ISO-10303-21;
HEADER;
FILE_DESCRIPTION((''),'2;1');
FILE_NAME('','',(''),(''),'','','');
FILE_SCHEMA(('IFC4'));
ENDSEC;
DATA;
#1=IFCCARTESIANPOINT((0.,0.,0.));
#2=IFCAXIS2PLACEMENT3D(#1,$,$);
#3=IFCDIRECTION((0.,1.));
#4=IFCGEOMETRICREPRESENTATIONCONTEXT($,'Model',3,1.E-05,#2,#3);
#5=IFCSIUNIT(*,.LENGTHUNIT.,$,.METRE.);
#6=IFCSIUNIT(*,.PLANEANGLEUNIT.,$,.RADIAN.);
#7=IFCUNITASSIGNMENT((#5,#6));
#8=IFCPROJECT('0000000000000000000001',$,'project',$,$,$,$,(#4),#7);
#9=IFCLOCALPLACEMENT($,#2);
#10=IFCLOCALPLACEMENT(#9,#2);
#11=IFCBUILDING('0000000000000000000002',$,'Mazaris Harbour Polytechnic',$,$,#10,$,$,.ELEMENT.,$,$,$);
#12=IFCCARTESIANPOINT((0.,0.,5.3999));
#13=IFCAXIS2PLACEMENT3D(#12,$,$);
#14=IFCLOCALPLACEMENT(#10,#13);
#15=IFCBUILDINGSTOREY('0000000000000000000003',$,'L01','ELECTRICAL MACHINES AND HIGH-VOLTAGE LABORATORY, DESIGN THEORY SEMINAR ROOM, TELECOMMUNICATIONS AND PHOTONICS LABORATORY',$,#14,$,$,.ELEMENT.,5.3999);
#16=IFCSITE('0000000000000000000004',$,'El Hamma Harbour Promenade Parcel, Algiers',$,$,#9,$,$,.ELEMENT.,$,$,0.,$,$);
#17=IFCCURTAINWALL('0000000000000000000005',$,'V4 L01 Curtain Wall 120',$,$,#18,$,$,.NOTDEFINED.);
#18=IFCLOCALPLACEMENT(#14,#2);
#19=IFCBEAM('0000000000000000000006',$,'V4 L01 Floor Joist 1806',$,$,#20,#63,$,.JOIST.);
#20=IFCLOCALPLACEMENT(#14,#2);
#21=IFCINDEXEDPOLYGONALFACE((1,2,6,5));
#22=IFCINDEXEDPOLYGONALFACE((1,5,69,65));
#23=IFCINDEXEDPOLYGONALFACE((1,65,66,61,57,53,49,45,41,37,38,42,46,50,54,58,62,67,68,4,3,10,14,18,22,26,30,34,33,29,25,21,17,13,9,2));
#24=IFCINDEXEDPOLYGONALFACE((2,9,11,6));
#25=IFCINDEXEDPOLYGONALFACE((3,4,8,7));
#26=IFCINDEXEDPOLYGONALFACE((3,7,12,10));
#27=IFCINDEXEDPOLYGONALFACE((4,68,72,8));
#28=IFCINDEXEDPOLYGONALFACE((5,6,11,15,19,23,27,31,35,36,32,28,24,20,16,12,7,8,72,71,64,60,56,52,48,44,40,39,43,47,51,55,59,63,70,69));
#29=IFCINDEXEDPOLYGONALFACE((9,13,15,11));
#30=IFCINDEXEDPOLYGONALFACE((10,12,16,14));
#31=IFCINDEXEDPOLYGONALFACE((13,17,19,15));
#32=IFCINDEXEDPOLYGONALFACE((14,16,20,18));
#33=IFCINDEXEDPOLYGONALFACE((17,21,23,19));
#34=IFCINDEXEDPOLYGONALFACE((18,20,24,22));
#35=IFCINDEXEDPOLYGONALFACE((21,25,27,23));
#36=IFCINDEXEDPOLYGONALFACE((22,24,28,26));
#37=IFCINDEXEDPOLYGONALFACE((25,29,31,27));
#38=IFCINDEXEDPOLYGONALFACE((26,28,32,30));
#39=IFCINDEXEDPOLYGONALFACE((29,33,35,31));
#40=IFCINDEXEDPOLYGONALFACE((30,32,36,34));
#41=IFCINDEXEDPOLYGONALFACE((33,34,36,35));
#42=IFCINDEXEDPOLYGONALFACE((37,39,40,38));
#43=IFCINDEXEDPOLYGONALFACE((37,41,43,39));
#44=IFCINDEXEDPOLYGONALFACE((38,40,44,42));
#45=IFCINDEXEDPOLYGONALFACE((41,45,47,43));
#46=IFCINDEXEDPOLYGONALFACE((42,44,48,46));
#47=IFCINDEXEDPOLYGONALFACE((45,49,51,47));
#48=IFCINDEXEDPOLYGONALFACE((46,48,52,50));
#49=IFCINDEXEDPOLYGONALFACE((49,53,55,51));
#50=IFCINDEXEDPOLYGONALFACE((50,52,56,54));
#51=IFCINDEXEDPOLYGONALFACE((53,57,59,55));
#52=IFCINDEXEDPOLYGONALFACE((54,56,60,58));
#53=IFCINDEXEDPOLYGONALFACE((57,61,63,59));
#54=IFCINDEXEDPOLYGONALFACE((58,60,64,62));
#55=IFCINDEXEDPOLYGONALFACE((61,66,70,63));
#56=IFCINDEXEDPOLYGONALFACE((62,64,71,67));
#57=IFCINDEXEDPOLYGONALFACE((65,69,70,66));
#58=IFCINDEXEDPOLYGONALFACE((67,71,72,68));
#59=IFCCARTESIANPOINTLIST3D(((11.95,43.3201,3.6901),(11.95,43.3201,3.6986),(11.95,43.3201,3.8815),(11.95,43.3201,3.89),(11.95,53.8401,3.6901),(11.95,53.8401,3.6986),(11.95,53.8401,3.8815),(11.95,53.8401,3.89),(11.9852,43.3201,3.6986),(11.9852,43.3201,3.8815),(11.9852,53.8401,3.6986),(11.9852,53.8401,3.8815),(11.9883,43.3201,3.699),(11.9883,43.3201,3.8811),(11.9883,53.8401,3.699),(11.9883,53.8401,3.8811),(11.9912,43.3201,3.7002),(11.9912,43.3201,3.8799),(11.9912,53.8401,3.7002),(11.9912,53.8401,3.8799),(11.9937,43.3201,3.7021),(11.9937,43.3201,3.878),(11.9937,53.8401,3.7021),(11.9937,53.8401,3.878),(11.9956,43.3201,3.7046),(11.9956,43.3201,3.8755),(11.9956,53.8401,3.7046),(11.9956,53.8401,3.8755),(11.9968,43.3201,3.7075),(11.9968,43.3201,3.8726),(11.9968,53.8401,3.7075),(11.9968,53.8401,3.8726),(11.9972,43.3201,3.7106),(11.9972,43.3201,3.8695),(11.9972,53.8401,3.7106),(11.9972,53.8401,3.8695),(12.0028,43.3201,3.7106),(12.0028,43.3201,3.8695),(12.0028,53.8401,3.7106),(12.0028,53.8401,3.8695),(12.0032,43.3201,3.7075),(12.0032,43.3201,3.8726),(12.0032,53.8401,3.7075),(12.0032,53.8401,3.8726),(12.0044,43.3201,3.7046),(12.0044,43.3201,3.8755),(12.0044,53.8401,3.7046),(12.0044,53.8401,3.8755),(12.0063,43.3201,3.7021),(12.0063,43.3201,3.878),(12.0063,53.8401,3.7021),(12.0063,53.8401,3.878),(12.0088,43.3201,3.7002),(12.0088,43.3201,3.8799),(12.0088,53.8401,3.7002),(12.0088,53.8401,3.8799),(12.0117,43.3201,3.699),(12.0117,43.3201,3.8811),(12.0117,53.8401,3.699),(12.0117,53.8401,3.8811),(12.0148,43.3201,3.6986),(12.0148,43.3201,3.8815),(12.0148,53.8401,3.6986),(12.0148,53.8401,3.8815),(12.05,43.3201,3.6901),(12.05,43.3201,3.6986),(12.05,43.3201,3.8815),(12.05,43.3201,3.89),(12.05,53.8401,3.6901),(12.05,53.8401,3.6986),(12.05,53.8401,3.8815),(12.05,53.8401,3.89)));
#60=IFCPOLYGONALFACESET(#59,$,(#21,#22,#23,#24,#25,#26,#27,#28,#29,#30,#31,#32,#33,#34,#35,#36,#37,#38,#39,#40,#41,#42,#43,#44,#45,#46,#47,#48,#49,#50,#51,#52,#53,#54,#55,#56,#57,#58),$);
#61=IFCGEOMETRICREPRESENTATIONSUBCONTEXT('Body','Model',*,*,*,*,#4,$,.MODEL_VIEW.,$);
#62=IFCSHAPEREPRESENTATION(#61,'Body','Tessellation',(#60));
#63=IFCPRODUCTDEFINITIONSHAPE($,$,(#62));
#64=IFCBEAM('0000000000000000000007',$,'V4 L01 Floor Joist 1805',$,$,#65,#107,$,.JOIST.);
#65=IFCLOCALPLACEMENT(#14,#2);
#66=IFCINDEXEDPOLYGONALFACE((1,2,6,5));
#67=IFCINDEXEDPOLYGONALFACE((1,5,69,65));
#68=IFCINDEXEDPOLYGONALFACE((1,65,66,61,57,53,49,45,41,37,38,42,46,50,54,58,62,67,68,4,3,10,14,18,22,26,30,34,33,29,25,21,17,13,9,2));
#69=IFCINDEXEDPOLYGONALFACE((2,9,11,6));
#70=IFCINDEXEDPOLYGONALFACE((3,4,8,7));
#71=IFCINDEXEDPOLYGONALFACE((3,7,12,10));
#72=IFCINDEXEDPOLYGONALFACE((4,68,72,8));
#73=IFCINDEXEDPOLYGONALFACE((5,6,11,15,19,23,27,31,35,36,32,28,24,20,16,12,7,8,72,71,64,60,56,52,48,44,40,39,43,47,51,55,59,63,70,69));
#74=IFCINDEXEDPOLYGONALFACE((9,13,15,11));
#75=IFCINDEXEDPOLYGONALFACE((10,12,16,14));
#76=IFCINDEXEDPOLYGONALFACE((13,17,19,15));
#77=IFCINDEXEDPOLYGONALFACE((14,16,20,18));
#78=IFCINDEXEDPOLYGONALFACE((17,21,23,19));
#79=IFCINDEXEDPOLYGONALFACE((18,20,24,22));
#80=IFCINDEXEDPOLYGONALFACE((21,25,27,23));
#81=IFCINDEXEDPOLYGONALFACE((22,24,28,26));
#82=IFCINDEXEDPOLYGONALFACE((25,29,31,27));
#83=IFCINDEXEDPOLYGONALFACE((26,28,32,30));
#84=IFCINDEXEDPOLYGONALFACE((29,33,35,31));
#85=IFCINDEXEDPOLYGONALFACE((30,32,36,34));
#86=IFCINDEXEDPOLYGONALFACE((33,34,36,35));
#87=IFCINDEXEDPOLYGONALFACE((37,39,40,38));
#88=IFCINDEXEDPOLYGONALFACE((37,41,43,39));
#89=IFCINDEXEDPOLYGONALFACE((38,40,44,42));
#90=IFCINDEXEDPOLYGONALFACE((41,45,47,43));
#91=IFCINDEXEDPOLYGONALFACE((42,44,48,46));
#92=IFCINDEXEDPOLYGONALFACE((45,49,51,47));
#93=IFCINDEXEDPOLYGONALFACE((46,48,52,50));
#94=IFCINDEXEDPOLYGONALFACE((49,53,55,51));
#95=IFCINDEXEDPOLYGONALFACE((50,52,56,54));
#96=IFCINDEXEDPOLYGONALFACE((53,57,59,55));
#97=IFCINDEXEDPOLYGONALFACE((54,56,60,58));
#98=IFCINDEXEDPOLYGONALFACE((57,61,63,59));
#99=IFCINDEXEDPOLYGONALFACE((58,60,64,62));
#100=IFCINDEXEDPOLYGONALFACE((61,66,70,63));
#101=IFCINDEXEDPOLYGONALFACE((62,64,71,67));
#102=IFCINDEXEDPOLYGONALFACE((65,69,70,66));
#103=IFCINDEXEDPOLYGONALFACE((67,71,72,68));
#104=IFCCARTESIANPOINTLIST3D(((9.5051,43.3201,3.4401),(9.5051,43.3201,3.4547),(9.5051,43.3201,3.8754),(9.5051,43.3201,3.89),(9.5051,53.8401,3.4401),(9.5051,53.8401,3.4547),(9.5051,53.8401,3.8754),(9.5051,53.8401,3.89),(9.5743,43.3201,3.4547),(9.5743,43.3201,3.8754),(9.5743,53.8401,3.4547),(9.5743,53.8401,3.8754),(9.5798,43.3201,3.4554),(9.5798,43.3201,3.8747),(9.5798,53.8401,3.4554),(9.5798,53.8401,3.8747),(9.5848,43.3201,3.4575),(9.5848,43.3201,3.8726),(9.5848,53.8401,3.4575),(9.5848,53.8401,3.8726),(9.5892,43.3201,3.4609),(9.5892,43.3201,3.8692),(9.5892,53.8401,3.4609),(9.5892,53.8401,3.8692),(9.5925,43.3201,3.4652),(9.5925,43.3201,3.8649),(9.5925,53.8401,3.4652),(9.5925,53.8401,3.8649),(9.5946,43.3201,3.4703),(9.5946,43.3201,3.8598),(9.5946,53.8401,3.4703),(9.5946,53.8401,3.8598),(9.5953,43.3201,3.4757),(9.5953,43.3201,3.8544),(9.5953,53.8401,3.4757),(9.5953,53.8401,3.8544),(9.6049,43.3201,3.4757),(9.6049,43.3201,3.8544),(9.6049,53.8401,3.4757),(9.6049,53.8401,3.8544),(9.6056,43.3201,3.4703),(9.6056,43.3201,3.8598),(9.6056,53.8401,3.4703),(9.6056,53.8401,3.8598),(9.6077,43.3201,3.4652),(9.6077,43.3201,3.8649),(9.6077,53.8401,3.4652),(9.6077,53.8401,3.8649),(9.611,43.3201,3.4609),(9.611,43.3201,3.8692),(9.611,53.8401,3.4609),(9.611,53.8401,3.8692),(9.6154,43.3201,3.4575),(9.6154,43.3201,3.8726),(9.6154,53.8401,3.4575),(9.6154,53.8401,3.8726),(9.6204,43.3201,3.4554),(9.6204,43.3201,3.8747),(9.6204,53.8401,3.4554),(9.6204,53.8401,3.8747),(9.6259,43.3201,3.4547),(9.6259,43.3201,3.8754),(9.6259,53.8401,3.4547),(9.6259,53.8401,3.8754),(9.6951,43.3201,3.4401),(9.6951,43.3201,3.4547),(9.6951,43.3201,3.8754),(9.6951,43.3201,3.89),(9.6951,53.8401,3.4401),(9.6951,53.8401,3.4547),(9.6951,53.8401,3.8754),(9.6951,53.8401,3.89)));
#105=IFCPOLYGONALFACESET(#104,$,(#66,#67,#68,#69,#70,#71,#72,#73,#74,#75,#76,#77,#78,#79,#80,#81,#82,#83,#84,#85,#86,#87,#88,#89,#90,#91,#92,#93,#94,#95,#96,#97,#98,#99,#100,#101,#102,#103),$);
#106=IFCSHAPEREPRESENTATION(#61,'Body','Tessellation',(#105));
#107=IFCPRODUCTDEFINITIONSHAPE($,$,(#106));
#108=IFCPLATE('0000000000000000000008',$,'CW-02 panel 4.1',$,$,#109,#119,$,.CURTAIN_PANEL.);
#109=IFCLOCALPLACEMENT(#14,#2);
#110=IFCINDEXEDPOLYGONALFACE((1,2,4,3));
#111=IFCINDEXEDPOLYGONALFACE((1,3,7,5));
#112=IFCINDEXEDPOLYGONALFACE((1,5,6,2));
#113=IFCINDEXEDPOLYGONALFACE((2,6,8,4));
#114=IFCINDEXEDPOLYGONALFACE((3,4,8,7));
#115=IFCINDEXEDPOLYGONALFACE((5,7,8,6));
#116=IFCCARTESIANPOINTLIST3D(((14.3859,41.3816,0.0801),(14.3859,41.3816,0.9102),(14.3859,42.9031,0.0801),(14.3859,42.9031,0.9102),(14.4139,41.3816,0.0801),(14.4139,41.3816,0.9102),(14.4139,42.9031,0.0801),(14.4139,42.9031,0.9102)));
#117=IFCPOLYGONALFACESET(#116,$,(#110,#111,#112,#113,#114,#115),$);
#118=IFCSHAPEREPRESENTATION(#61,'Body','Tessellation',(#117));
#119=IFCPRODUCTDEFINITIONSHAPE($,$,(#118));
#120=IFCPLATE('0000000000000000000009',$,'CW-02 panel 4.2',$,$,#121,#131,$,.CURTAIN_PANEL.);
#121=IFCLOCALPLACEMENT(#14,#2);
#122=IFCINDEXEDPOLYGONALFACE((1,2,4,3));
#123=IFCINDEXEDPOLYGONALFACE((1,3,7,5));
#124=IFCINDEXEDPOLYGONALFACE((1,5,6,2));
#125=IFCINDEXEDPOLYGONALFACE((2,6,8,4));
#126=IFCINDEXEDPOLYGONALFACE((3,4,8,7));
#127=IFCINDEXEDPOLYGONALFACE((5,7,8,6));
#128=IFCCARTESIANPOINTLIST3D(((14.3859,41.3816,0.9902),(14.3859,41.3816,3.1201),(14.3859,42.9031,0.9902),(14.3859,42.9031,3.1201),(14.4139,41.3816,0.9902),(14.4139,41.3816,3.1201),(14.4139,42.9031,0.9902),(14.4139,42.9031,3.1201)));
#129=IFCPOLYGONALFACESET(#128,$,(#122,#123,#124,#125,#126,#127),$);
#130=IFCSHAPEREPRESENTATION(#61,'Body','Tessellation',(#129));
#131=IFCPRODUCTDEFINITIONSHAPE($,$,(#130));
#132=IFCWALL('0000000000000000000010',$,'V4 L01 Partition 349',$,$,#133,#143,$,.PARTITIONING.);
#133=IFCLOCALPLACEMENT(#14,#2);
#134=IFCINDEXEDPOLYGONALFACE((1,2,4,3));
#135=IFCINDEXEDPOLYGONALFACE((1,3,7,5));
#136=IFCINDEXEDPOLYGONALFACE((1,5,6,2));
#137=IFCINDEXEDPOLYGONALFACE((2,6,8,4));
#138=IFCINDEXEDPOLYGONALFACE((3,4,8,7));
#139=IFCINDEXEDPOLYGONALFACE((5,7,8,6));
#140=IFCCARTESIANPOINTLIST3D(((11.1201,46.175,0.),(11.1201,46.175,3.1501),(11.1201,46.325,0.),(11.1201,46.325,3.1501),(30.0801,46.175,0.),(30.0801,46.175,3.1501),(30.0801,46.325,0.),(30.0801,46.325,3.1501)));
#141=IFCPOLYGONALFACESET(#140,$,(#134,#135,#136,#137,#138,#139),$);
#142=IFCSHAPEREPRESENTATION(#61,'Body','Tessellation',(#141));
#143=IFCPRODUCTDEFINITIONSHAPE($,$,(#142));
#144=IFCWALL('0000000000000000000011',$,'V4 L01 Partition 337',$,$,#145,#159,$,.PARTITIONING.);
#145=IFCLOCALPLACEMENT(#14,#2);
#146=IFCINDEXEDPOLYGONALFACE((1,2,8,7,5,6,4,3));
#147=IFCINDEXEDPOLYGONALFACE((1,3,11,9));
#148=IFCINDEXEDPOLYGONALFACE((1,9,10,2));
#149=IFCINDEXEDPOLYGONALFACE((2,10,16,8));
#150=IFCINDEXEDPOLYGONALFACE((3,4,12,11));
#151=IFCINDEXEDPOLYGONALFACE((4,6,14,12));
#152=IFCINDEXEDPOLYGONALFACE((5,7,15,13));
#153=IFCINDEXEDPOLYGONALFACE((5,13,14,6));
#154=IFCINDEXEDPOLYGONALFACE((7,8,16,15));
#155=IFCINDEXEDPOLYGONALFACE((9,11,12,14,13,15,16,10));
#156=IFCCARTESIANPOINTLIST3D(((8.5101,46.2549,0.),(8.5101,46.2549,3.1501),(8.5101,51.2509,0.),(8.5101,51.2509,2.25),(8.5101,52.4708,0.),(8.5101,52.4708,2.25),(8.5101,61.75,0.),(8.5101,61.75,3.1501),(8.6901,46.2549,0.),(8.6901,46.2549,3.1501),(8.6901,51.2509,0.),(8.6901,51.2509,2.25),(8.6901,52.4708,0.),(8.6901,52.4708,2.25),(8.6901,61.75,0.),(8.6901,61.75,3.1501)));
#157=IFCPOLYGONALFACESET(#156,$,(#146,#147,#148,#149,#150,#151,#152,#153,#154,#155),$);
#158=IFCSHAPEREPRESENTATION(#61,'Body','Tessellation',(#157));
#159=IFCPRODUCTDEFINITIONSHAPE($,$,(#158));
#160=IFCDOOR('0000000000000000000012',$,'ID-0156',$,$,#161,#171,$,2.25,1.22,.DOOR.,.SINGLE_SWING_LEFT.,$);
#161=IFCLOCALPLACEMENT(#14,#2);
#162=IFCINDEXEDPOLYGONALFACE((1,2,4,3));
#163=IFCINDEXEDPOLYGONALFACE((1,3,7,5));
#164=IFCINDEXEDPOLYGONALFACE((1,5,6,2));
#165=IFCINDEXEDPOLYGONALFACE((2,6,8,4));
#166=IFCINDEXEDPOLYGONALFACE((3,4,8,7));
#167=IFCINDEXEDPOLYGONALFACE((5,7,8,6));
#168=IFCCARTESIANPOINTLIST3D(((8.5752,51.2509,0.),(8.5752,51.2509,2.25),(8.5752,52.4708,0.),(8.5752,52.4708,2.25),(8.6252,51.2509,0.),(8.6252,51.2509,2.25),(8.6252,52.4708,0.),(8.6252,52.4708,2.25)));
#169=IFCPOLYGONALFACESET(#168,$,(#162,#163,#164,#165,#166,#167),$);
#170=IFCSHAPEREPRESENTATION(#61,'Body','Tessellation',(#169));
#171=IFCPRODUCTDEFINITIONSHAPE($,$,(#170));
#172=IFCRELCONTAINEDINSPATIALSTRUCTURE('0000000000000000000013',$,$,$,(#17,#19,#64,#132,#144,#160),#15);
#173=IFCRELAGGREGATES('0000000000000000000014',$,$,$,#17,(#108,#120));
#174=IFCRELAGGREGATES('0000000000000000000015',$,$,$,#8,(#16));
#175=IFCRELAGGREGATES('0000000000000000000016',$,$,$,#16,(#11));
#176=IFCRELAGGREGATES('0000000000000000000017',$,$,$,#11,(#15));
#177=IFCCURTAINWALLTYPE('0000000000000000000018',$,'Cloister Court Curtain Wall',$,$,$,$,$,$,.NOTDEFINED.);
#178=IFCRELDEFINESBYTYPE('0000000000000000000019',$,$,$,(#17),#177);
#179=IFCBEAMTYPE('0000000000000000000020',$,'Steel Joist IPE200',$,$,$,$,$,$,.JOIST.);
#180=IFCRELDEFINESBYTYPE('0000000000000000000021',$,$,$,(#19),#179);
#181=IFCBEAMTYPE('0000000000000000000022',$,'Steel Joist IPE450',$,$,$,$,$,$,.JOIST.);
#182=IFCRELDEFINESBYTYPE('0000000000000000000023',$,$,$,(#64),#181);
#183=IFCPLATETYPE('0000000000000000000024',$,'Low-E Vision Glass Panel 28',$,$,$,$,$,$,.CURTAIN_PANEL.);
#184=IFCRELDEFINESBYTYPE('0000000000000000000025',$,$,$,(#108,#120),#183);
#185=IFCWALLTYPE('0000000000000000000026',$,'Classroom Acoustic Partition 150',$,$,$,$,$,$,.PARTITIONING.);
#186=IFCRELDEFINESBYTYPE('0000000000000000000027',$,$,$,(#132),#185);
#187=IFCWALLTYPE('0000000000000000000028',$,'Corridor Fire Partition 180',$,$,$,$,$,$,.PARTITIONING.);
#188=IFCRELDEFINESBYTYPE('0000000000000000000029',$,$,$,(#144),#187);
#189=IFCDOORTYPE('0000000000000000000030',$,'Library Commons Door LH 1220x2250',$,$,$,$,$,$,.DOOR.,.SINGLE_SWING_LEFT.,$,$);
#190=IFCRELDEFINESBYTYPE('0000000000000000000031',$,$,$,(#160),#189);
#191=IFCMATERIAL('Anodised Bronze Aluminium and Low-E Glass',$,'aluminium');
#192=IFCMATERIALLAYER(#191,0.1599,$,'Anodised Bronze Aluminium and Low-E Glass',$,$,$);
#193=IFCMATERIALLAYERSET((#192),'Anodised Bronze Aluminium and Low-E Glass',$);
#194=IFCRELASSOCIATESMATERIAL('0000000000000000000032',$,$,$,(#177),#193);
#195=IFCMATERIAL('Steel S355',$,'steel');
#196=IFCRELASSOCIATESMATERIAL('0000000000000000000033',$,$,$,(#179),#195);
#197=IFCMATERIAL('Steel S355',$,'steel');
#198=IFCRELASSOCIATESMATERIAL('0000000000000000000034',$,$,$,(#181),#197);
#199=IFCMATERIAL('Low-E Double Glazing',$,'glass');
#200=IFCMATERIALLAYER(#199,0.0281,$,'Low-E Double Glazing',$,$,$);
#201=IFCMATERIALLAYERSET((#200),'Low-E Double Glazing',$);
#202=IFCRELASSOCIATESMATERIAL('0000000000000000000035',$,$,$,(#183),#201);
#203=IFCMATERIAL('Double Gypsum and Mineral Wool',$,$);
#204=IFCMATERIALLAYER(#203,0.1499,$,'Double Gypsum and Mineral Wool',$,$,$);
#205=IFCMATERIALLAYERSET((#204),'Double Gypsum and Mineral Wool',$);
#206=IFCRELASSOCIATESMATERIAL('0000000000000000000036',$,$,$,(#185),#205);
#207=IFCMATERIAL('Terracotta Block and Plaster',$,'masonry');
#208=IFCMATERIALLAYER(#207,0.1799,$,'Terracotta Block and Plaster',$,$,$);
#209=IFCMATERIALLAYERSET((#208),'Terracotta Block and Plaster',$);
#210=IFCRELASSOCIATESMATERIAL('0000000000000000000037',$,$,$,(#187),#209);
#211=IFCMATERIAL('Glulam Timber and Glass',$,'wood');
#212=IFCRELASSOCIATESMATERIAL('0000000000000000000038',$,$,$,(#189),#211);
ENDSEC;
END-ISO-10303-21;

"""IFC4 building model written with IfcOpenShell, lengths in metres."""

from ifc_helpers import new_model, si_unit, direction, frame, frame_2d, origin, origin_2d, place, context, subcontext, project, spatial, rectangle, i_section, extrude, material, layer, layer_set, material_profile, profile_set, type_object, element, fill, aggregate, save


model = new_model("IFC4")

# Units and contexts
model_context = context("Model", 3, precision=1e-05, world=origin(), true_north=direction((0.0, 1.0)))
body_context = subcontext(model_context, "Body", "Model", "MODEL_VIEW")
ifc_project = project(units=[si_unit("LENGTHUNIT", "METRE"), si_unit("PLANEANGLEUNIT", "RADIAN")], contexts=[model_context])

# Site, building, storey
site_placement = place(None, origin())
site = spatial("IfcSite", under=ifc_project, at=site_placement, Name="El Hamma Harbour Promenade Parcel, Algiers", CompositionType="ELEMENT", RefElevation=0.0)
building_placement = place(site_placement, origin())
building = spatial("IfcBuilding", under=site, at=building_placement, Name="Mazaris Harbour Polytechnic", CompositionType="ELEMENT")
storey_placement = place(building_placement, frame((0.0, 0.0, 5.3999)))
storey = spatial("IfcBuildingStorey", under=building, at=storey_placement, Name="L01", Description="ELECTRICAL MACHINES AND HIGH-VOLTAGE LABORATORY, DESIGN THEORY SEMINAR ROOM, TELECOMMUNICATIONS AND PHOTONICS LABORATORY", CompositionType="ELEMENT", Elevation=5.3999)

# Curtain wall
ifc_material_1 = material(Name="Anodised Bronze Aluminium and Low-E Glass", Category="aluminium")
ifc_layer_1 = layer(ifc_material_1, 0.1599, Name="Anodised Bronze Aluminium and Low-E Glass")
ifc_layer_set_1 = layer_set([ifc_layer_1], Name="Anodised Bronze Aluminium and Low-E Glass")
curtain_wall_type = type_object("IfcCurtainWallType", Name="Cloister Court Curtain Wall", PredefinedType="NOTDEFINED", material=ifc_layer_set_1)
curtain_wall_placement = place(storey_placement, origin())
curtain_wall = element("IfcCurtainWall", 1, at=curtain_wall_placement, inside=storey, type_object=curtain_wall_type, Name="V4 L01 Curtain Wall 120", PredefinedType="NOTDEFINED")

# Beams
ifc_material_2 = material(Name="Steel S355", Category="steel")
ifc_material_profile_1 = material_profile(ifc_material_2, i_section(OverallWidth=0.1001, OverallDepth=0.2, WebThickness=0.0056, FlangeThickness=0.0085, FilletRadius=0.012, at=origin_2d()), Name="IPE 200")
ifc_profile_set_1 = profile_set([ifc_material_profile_1], Name="Steel S355")
beam_type_1 = type_object("IfcBeamType", Name="Steel Joist IPE200", PredefinedType="JOIST", material=ifc_profile_set_1)
beam_1_placement = place(storey_placement, frame((12.0, 43.3201, 3.79), z_axis=(0.0, 1.0, 0.0), x_axis=(-1.0, 0.0, 0.0)))
element("IfcBeam", 2, at=beam_1_placement, inside=storey, type_object=beam_type_1, Name="V4 L01 Floor Joist 1806", PredefinedType="JOIST", context=body_context, shape_type="SweptSolid", body=[
    extrude(i_section(OverallWidth=0.1001, OverallDepth=0.2, WebThickness=0.0056, FlangeThickness=0.0085, FilletRadius=0.012, at=origin_2d()), origin(), (0.0, 0.0, 1.0), 10.52),
])
ifc_material_3 = material(Name="Steel S355", Category="steel")
ifc_material_profile_2 = material_profile(ifc_material_3, i_section(OverallWidth=0.1899, OverallDepth=0.45, WebThickness=0.0095, FlangeThickness=0.0146, FilletRadius=0.021, at=origin_2d()), Name="IPE 450")
ifc_profile_set_2 = profile_set([ifc_material_profile_2], Name="Steel S355")
beam_type_2 = type_object("IfcBeamType", Name="Steel Joist IPE450", PredefinedType="JOIST", material=ifc_profile_set_2)
beam_2_placement = place(storey_placement, frame((9.6001, 43.3201, 3.665), z_axis=(0.0, 1.0, 0.0), x_axis=(-1.0, 0.0, 0.0)))
element("IfcBeam", 3, at=beam_2_placement, inside=storey, type_object=beam_type_2, Name="V4 L01 Floor Joist 1805", PredefinedType="JOIST", context=body_context, shape_type="SweptSolid", body=[
    extrude(i_section(OverallWidth=0.1899, OverallDepth=0.45, WebThickness=0.0095, FlangeThickness=0.0146, FilletRadius=0.021, at=origin_2d()), origin(), (0.0, 0.0, 1.0), 10.52),
])

# Plates
ifc_material_4 = material(Name="Low-E Double Glazing", Category="glass")
ifc_layer_2 = layer(ifc_material_4, 0.0281, Name="Low-E Double Glazing")
ifc_layer_set_2 = layer_set([ifc_layer_2], Name="Low-E Double Glazing")
plate_type = type_object("IfcPlateType", Name="Low-E Vision Glass Panel 28", PredefinedType="CURTAIN_PANEL", material=ifc_layer_set_2)
plate_1_placement = place(storey_placement, frame((14.3999, 42.1423, 0.0801), z_axis=(0.0, 0.0, 1.0), x_axis=(0.0, 1.0, 0.0)))
plate_1 = element("IfcPlate", 4, at=plate_1_placement, type_object=plate_type, Name="CW-02 panel 4.1", PredefinedType="CURTAIN_PANEL", context=body_context, shape_type="SweptSolid", body=[
    extrude(rectangle(XDim=1.5215, YDim=0.0281, at=origin_2d()), origin(), (0.0, 0.0, 1.0), 0.8301),
])
plate_2_placement = place(storey_placement, frame((14.3999, 42.1423, 0.9902), z_axis=(0.0, 0.0, 1.0), x_axis=(0.0, 1.0, 0.0)))
plate_2 = element("IfcPlate", 5, at=plate_2_placement, type_object=plate_type, Name="CW-02 panel 4.2", PredefinedType="CURTAIN_PANEL", context=body_context, shape_type="SweptSolid", body=[
    extrude(rectangle(XDim=1.5215, YDim=0.0281, at=origin_2d()), origin(), (0.0, 0.0, 1.0), 2.1299),
])
aggregate(curtain_wall, [plate_1, plate_2])

# Wall
ifc_material_5 = material(Name="Double Gypsum and Mineral Wool")
ifc_layer_3 = layer(ifc_material_5, 0.1499, Name="Double Gypsum and Mineral Wool")
ifc_layer_set_3 = layer_set([ifc_layer_3], Name="Double Gypsum and Mineral Wool")
wall_type_1 = type_object("IfcWallType", Name="Classroom Acoustic Partition 150", PredefinedType="PARTITIONING", material=ifc_layer_set_3)
wall_1_placement = place(storey_placement, frame((11.1201, 46.25, 0.0), z_axis=(0.0, 0.0, 1.0), x_axis=(1.0, 0.0, 0.0)))
element("IfcWall", 6, at=wall_1_placement, inside=storey, type_object=wall_type_1, Name="V4 L01 Partition 349", PredefinedType="PARTITIONING", context=body_context, shape_type="SweptSolid", body=[
    extrude(rectangle(XDim=18.96, YDim=0.1499, at=frame_2d((9.48, 0.0))), origin(), (0.0, 0.0, 1.0), 3.1501),
])

# Wall, opening, door
ifc_material_6 = material(Name="Terracotta Block and Plaster", Category="masonry")
ifc_layer_4 = layer(ifc_material_6, 0.1799, Name="Terracotta Block and Plaster")
ifc_layer_set_4 = layer_set([ifc_layer_4], Name="Terracotta Block and Plaster")
wall_type_2 = type_object("IfcWallType", Name="Corridor Fire Partition 180", PredefinedType="PARTITIONING", material=ifc_layer_set_4)
wall_2_placement = place(storey_placement, frame((8.6001, 46.2549, 0.0), z_axis=(0.0, 0.0, 1.0), x_axis=(0.0, 1.0, 0.0)))
wall_2 = element("IfcWall", 7, at=wall_2_placement, inside=storey, type_object=wall_type_2, Name="V4 L01 Partition 337", PredefinedType="PARTITIONING", context=body_context, shape_type="SweptSolid", body=[
    extrude(rectangle(XDim=15.4951, YDim=0.1799, at=frame_2d((7.7476, 0.0))), origin(), (0.0, 0.0, 1.0), 3.1501),
])
opening_1_placement = place(wall_2_placement, frame((4.9961, 0.0, 0.0)))
opening_1 = element("IfcOpeningElement", 8, at=opening_1_placement, cuts=wall_2, PredefinedType="OPENING", context=body_context, shape_type="SweptSolid", body=[
    extrude(rectangle(XDim=1.22, YDim=2.25, at=frame_2d((0.6099, 1.125))), frame((0.0, 0.0999, 0.0), z_axis=(0.0, -1.0, 0.0), x_axis=(1.0, 0.0, 0.0)), (0.0, 0.0, 1.0), 0.2),
])
ifc_material_7 = material(Name="Glulam Timber and Glass", Category="wood")
door_type_1 = type_object("IfcDoorType", Name="Library Commons Door LH 1220x2250", OperationType="SINGLE_SWING_LEFT", PredefinedType="DOOR", material=ifc_material_7)
door_1_placement = place(opening_1_placement, origin())
door_1 = element("IfcDoor", 9, at=door_1_placement, inside=storey, type_object=door_type_1, Name="ID-0156", OperationType="SINGLE_SWING_LEFT", OverallHeight=2.25, OverallWidth=1.22, PredefinedType="DOOR", context=body_context, shape_type="SweptSolid", body=[
    extrude(rectangle(XDim=1.22, YDim=2.25, at=frame_2d((0.6099, 1.125))), frame((0.0, 0.0249, 0.0), z_axis=(0.0, -1.0, 0.0), x_axis=(1.0, 0.0, 0.0)), (0.0, 0.0, 1.0), 0.05),
])
fill(opening_1, door_1)

save(model, "model.ifc")
